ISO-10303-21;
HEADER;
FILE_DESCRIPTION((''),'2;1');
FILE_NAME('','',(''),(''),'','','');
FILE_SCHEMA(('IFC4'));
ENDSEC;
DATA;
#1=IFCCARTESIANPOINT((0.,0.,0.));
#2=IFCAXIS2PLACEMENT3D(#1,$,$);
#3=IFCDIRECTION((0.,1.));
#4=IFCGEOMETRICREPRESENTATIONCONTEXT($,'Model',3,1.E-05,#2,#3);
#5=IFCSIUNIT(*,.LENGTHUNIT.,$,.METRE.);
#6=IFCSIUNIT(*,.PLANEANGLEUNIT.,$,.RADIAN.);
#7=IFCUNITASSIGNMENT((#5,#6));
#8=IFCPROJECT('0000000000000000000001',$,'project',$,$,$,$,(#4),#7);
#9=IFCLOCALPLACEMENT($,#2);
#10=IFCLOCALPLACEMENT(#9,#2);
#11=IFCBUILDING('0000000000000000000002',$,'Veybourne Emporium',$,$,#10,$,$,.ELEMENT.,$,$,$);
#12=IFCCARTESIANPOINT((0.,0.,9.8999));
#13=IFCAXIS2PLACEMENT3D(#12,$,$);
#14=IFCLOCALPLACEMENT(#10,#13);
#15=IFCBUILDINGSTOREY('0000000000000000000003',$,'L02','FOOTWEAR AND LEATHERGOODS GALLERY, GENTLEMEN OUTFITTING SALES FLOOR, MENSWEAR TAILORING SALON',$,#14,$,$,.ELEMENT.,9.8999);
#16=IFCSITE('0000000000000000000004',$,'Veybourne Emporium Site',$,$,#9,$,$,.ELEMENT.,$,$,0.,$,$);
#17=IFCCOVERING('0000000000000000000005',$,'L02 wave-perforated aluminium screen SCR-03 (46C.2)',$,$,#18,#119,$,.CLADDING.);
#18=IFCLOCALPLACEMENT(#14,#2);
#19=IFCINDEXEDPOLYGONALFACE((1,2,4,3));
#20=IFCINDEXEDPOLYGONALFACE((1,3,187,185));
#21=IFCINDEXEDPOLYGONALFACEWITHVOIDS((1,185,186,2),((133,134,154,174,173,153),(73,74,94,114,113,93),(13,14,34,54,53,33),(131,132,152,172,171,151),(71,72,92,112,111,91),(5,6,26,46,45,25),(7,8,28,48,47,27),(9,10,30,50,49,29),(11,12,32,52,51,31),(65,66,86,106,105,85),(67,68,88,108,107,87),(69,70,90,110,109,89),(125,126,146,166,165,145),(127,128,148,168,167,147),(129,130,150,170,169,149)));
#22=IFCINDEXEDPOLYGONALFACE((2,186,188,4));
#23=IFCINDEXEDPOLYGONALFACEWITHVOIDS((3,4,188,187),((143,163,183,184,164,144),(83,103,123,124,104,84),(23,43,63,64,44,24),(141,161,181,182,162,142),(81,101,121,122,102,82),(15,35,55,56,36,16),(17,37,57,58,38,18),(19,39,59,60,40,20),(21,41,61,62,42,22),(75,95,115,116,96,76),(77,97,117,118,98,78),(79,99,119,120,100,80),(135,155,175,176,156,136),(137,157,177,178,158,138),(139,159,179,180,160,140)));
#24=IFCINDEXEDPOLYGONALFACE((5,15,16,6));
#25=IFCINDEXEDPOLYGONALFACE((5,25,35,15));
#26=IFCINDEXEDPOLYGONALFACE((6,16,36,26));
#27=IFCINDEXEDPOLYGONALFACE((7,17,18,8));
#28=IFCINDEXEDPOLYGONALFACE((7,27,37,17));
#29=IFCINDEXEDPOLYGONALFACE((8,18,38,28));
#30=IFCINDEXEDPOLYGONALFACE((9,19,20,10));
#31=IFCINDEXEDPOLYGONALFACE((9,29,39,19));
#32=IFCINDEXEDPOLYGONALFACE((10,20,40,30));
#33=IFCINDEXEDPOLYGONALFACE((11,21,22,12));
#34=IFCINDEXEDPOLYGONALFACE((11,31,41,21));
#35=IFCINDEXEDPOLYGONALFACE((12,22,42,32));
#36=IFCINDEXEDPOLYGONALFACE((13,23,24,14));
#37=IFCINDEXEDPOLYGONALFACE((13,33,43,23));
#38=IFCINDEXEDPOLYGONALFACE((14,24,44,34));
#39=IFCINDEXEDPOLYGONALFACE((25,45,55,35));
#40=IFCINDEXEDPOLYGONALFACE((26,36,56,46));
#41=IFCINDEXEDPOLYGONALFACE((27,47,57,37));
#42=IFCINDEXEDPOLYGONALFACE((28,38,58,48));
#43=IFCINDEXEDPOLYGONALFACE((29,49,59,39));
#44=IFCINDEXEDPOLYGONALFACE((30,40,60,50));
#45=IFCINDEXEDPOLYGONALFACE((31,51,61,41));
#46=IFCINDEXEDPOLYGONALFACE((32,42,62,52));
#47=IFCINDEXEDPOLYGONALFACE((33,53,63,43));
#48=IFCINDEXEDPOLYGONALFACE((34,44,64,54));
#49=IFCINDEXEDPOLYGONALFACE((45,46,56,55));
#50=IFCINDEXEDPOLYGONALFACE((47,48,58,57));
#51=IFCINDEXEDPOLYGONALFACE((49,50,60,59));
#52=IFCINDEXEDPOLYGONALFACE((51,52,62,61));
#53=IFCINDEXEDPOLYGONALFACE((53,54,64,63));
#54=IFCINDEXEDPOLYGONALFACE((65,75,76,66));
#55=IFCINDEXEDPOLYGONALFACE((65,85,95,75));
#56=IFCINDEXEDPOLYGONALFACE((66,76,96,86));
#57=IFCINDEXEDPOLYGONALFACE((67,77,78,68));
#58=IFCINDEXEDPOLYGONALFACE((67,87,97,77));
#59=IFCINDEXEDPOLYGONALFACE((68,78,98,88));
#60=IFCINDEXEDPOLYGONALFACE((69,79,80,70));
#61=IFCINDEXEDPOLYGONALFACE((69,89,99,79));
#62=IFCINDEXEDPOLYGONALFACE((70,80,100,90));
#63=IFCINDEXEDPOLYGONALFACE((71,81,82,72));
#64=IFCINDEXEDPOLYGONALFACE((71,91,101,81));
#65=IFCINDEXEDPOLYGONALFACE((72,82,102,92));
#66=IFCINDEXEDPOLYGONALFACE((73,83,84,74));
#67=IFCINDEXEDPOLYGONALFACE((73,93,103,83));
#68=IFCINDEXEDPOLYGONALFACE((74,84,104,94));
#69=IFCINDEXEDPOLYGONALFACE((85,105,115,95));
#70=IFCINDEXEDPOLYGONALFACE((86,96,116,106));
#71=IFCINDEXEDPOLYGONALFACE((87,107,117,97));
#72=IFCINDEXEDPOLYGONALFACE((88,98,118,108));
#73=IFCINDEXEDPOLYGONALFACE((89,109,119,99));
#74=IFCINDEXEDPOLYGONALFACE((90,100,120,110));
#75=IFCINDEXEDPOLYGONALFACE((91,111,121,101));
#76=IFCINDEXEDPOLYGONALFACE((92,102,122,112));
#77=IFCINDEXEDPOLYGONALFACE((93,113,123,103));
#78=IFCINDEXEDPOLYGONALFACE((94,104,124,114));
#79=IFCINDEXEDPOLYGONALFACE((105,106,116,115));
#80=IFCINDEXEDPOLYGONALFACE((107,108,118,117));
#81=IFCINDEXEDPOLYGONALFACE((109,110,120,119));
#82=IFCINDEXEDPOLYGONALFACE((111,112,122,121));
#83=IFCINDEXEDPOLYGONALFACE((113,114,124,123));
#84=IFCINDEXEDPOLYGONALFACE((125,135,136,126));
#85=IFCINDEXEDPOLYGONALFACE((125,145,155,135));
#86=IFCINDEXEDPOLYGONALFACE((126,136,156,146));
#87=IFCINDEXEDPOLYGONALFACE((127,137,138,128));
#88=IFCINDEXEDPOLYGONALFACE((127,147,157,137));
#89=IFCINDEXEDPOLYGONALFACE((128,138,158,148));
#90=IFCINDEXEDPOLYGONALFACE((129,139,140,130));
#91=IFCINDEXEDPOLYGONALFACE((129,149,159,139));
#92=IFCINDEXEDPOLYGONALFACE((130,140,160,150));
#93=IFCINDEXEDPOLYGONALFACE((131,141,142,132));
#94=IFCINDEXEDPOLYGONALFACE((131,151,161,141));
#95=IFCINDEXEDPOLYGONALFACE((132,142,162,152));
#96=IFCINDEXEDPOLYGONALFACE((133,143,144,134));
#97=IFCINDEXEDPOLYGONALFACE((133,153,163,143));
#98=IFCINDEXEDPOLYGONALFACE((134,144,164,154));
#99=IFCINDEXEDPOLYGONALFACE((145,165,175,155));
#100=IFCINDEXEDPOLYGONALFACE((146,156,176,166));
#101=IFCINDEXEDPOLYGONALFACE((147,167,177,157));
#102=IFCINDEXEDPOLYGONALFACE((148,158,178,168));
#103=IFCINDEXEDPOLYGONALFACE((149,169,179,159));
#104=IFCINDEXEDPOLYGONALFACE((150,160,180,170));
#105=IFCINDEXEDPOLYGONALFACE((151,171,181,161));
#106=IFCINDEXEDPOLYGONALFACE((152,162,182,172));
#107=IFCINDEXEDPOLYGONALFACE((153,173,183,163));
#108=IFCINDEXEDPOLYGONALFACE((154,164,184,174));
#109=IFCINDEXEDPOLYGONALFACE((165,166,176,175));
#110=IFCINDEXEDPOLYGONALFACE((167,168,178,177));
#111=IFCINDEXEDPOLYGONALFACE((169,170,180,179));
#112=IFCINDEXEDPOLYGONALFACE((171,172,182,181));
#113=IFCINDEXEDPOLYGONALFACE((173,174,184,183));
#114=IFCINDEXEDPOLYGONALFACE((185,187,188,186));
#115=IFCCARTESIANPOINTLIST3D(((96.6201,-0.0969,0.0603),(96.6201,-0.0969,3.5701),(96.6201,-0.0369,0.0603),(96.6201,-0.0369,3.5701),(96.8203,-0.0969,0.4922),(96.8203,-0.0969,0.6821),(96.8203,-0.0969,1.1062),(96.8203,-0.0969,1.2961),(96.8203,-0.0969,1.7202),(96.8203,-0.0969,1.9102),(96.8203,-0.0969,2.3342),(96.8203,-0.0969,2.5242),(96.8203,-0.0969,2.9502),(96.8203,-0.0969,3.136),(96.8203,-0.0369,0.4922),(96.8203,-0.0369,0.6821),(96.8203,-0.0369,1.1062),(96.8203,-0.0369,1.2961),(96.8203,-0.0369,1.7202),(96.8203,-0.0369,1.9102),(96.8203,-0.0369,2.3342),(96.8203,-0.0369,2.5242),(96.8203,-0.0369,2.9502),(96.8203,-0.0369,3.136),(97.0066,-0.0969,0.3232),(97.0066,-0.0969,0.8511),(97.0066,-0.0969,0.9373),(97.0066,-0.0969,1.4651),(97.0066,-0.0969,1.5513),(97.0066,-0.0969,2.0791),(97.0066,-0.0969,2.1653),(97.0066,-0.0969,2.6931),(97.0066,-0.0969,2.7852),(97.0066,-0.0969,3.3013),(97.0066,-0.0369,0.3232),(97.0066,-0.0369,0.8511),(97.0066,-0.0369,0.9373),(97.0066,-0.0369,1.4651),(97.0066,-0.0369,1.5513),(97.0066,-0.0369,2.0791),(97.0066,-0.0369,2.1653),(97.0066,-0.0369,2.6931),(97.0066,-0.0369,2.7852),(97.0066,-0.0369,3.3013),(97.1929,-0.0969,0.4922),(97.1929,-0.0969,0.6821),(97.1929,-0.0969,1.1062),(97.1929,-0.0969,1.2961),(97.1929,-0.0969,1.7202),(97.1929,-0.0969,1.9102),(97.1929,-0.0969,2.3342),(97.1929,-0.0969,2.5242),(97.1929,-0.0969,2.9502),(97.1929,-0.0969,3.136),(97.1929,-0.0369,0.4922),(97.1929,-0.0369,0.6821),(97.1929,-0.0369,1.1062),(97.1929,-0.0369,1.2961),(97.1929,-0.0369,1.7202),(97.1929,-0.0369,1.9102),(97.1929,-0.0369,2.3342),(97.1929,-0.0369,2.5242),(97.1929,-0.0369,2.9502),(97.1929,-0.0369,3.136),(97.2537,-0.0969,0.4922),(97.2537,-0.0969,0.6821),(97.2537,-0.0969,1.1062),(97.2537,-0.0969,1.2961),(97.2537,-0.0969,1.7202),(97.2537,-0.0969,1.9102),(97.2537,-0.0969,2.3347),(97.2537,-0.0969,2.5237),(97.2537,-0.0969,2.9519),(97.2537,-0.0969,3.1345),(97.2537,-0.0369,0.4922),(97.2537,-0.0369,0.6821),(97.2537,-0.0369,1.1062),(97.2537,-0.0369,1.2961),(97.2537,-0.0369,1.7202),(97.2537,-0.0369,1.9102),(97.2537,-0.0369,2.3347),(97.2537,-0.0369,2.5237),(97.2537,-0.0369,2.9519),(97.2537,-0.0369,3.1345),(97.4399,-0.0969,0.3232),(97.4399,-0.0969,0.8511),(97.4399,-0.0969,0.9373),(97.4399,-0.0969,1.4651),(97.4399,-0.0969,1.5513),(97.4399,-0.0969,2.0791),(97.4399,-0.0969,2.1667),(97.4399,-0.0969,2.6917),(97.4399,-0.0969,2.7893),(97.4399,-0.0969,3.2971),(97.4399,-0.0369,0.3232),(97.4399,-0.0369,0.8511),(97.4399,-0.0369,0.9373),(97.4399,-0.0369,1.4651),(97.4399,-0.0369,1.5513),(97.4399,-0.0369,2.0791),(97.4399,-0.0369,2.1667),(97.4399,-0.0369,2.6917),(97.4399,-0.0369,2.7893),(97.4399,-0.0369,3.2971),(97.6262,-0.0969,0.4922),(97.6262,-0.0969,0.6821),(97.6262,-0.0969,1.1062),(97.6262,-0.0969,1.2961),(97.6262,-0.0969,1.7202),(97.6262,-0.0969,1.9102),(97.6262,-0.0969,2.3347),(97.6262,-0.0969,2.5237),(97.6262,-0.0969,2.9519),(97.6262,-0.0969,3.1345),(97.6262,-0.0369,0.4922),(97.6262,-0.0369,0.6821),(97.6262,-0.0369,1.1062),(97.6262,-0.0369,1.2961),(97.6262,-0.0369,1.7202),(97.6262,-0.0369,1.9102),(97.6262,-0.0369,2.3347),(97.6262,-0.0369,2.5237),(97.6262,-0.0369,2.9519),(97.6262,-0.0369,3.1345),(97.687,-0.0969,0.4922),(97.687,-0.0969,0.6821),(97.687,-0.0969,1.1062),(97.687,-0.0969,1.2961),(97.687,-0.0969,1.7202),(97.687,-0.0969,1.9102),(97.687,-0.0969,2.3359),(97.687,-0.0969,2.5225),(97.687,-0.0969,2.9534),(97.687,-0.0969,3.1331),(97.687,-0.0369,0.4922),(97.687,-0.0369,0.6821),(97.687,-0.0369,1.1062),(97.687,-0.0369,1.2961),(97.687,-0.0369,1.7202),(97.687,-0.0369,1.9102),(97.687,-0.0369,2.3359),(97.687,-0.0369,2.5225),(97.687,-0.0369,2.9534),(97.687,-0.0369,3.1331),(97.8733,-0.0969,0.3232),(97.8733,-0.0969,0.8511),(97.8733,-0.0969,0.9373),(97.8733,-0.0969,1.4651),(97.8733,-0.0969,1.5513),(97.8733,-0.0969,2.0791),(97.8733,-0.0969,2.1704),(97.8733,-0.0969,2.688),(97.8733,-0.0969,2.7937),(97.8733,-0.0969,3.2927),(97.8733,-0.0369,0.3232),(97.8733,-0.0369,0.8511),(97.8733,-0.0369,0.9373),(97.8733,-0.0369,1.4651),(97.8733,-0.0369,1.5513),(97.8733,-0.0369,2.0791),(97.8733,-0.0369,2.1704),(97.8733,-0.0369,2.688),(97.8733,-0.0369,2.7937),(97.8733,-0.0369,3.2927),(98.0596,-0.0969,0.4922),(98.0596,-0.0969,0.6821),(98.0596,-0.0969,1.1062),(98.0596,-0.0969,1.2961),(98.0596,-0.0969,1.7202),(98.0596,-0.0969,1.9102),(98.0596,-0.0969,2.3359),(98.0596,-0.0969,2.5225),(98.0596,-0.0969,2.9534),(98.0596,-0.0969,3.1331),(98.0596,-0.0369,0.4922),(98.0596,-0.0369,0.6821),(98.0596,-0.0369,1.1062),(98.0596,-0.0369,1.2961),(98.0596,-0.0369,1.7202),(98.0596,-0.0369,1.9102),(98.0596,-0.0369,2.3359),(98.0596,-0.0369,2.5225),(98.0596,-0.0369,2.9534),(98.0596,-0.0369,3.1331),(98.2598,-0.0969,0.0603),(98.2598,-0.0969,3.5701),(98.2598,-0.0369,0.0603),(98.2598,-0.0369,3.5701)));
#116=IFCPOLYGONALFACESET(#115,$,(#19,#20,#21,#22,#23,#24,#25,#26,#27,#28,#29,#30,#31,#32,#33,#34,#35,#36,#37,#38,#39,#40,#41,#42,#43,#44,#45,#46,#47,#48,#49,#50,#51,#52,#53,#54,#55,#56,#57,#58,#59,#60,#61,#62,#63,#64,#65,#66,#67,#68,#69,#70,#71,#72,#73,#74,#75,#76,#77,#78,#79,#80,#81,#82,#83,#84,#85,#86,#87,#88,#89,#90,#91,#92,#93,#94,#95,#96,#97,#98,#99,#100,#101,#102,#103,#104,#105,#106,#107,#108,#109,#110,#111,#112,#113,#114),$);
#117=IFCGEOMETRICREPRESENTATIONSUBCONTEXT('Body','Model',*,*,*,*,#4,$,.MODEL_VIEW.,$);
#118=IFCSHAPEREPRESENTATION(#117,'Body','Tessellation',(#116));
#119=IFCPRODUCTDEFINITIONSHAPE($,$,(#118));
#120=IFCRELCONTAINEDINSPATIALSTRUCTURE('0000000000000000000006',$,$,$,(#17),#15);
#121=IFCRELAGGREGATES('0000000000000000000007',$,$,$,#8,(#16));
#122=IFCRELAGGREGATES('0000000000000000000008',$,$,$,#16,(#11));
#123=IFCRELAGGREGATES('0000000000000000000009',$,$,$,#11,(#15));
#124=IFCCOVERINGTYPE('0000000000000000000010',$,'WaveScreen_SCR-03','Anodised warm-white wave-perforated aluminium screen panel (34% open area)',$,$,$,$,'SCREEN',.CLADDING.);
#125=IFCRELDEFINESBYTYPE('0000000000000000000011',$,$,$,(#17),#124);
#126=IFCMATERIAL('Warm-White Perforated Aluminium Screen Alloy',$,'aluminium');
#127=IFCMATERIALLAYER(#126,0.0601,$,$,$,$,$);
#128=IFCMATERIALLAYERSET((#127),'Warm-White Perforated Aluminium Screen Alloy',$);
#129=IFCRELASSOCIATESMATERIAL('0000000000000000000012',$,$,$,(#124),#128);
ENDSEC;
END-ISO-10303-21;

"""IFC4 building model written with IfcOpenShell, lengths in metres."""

from ifc_helpers import new_model, si_unit, direction, frame, origin, place, context, subcontext, project, spatial, polyline, outline, extrude, material, layer, layer_set, type_object, element, save


model = new_model("IFC4")

# Units and contexts
model_context = context("Model", 3, precision=1e-05, world=origin(), true_north=direction((0.0, 1.0)))
body_context = subcontext(model_context, "Body", "Model", "MODEL_VIEW")
ifc_project = project(units=[si_unit("LENGTHUNIT", "METRE"), si_unit("PLANEANGLEUNIT", "RADIAN")], contexts=[model_context])

# Site, building, storey
site_placement = place(None, origin())
site = spatial("IfcSite", under=ifc_project, at=site_placement, Name="Veybourne Emporium Site", CompositionType="ELEMENT", RefElevation=0.0)
building_placement = place(site_placement, origin())
building = spatial("IfcBuilding", under=site, at=building_placement, Name="Veybourne Emporium", CompositionType="ELEMENT")
storey_placement = place(building_placement, frame((0.0, 0.0, 9.8999)))
storey = spatial("IfcBuildingStorey", under=building, at=storey_placement, Name="L02", Description="FOOTWEAR AND LEATHERGOODS GALLERY, GENTLEMEN OUTFITTING SALES FLOOR, MENSWEAR TAILORING SALON", CompositionType="ELEMENT", Elevation=9.8999)

# Covering
ifc_material_1 = material(Name="Warm-White Perforated Aluminium Screen Alloy", Category="aluminium")
ifc_layer_1 = layer(ifc_material_1, 0.0601)
ifc_layer_set_1 = layer_set([ifc_layer_1], Name="Warm-White Perforated Aluminium Screen Alloy")
covering_type_1 = type_object("IfcCoveringType", Name="WaveScreen_SCR-03", Description="Anodised warm-white wave-perforated aluminium screen panel (34% open area)", ElementType="SCREEN", PredefinedType="CLADDING", material=ifc_layer_set_1)
covering_1_placement = place(storey_placement, frame((97.4399, -0.0969, 1.8152), z_axis=(0.0, 1.0, 0.0), x_axis=(-1.0, 0.0, 0.0)))
element("IfcCovering", 1, at=covering_1_placement, inside=storey, type_object=covering_type_1, Name="L02 wave-perforated aluminium screen SCR-03 (46C.2)", PredefinedType="CLADDING", context=body_context, shape_type="SweptSolid", body=[
    extrude(outline(polyline([(-0.8198, -1.7549), (0.8198, -1.7549), (0.8198, 1.7549), (-0.8198, 1.7549), (-0.8198, -1.7549)]), holes=[polyline([(-0.4333, -0.9641), (-0.2471, -1.1331), (-0.2471, -1.323), (-0.4333, -1.4919), (-0.6196, -1.323), (-0.6196, -1.1331), (-0.4333, -0.9641)]), polyline([(-0.4333, -0.3501), (-0.2471, -0.519), (-0.2471, -0.709), (-0.4333, -0.8779), (-0.6196, -0.709), (-0.6196, -0.519), (-0.4333, -0.3501)]), polyline([(-0.4333, 0.2639), (-0.2471, 0.095), (-0.2471, -0.095), (-0.4333, -0.2639), (-0.6196, -0.095), (-0.6196, 0.095), (-0.4333, 0.2639)]), polyline([(-0.4333, 0.8728), (-0.2471, 0.7073), (-0.2471, 0.5208), (-0.4333, 0.3552), (-0.6196, 0.5208), (-0.6196, 0.7073), (-0.4333, 0.8728)]), polyline([(-0.4333, 1.4775), (-0.2471, 1.3179), (-0.2471, 1.1382), (-0.4333, 0.9785), (-0.6196, 1.1382), (-0.6196, 1.3179), (-0.4333, 1.4775)]), polyline([(0.0, -0.9641), (0.1863, -1.1331), (0.1863, -1.323), (0.0, -1.4919), (-0.1863, -1.323), (-0.1863, -1.1331), (0.0, -0.9641)]), polyline([(0.0, -0.3501), (0.1863, -0.519), (0.1863, -0.709), (0.0, -0.8779), (-0.1863, -0.709), (-0.1863, -0.519), (0.0, -0.3501)]), polyline([(0.0, 0.2639), (0.1863, 0.095), (0.1863, -0.095), (0.0, -0.2639), (-0.1863, -0.095), (-0.1863, 0.095), (0.0, 0.2639)]), polyline([(0.0, 0.8765), (0.1863, 0.7085), (0.1863, 0.5195), (0.0, 0.3516), (-0.1863, 0.5195), (-0.1863, 0.7085), (0.0, 0.8765)]), polyline([(0.0, 1.4819), (0.1863, 1.3193), (0.1863, 1.1367), (0.0, 0.9741), (-0.1863, 1.1367), (-0.1863, 1.3193), (0.0, 1.4819)]), polyline([(0.4333, -0.9641), (0.6196, -1.1331), (0.6196, -1.323), (0.4333, -1.4919), (0.2471, -1.323), (0.2471, -1.1331), (0.4333, -0.9641)]), polyline([(0.4333, -0.3501), (0.6196, -0.519), (0.6196, -0.709), (0.4333, -0.8779), (0.2471, -0.709), (0.2471, -0.519), (0.4333, -0.3501)]), polyline([(0.4333, 0.2639), (0.6196, 0.095), (0.6196, -0.095), (0.4333, -0.2639), (0.2471, -0.095), (0.2471, 0.095), (0.4333, 0.2639)]), polyline([(0.4333, 0.8779), (0.6196, 0.709), (0.6196, 0.519), (0.4333, 0.3501), (0.2471, 0.519), (0.2471, 0.709), (0.4333, 0.8779)]), polyline([(0.4333, 1.4861), (0.6196, 1.3208), (0.6196, 1.135), (0.4333, 0.97), (0.2471, 1.135), (0.2471, 1.3208), (0.4333, 1.4861)])]), origin(), (0.0, 0.0, 1.0), 0.0601),
])

save(model, "model.ifc")
